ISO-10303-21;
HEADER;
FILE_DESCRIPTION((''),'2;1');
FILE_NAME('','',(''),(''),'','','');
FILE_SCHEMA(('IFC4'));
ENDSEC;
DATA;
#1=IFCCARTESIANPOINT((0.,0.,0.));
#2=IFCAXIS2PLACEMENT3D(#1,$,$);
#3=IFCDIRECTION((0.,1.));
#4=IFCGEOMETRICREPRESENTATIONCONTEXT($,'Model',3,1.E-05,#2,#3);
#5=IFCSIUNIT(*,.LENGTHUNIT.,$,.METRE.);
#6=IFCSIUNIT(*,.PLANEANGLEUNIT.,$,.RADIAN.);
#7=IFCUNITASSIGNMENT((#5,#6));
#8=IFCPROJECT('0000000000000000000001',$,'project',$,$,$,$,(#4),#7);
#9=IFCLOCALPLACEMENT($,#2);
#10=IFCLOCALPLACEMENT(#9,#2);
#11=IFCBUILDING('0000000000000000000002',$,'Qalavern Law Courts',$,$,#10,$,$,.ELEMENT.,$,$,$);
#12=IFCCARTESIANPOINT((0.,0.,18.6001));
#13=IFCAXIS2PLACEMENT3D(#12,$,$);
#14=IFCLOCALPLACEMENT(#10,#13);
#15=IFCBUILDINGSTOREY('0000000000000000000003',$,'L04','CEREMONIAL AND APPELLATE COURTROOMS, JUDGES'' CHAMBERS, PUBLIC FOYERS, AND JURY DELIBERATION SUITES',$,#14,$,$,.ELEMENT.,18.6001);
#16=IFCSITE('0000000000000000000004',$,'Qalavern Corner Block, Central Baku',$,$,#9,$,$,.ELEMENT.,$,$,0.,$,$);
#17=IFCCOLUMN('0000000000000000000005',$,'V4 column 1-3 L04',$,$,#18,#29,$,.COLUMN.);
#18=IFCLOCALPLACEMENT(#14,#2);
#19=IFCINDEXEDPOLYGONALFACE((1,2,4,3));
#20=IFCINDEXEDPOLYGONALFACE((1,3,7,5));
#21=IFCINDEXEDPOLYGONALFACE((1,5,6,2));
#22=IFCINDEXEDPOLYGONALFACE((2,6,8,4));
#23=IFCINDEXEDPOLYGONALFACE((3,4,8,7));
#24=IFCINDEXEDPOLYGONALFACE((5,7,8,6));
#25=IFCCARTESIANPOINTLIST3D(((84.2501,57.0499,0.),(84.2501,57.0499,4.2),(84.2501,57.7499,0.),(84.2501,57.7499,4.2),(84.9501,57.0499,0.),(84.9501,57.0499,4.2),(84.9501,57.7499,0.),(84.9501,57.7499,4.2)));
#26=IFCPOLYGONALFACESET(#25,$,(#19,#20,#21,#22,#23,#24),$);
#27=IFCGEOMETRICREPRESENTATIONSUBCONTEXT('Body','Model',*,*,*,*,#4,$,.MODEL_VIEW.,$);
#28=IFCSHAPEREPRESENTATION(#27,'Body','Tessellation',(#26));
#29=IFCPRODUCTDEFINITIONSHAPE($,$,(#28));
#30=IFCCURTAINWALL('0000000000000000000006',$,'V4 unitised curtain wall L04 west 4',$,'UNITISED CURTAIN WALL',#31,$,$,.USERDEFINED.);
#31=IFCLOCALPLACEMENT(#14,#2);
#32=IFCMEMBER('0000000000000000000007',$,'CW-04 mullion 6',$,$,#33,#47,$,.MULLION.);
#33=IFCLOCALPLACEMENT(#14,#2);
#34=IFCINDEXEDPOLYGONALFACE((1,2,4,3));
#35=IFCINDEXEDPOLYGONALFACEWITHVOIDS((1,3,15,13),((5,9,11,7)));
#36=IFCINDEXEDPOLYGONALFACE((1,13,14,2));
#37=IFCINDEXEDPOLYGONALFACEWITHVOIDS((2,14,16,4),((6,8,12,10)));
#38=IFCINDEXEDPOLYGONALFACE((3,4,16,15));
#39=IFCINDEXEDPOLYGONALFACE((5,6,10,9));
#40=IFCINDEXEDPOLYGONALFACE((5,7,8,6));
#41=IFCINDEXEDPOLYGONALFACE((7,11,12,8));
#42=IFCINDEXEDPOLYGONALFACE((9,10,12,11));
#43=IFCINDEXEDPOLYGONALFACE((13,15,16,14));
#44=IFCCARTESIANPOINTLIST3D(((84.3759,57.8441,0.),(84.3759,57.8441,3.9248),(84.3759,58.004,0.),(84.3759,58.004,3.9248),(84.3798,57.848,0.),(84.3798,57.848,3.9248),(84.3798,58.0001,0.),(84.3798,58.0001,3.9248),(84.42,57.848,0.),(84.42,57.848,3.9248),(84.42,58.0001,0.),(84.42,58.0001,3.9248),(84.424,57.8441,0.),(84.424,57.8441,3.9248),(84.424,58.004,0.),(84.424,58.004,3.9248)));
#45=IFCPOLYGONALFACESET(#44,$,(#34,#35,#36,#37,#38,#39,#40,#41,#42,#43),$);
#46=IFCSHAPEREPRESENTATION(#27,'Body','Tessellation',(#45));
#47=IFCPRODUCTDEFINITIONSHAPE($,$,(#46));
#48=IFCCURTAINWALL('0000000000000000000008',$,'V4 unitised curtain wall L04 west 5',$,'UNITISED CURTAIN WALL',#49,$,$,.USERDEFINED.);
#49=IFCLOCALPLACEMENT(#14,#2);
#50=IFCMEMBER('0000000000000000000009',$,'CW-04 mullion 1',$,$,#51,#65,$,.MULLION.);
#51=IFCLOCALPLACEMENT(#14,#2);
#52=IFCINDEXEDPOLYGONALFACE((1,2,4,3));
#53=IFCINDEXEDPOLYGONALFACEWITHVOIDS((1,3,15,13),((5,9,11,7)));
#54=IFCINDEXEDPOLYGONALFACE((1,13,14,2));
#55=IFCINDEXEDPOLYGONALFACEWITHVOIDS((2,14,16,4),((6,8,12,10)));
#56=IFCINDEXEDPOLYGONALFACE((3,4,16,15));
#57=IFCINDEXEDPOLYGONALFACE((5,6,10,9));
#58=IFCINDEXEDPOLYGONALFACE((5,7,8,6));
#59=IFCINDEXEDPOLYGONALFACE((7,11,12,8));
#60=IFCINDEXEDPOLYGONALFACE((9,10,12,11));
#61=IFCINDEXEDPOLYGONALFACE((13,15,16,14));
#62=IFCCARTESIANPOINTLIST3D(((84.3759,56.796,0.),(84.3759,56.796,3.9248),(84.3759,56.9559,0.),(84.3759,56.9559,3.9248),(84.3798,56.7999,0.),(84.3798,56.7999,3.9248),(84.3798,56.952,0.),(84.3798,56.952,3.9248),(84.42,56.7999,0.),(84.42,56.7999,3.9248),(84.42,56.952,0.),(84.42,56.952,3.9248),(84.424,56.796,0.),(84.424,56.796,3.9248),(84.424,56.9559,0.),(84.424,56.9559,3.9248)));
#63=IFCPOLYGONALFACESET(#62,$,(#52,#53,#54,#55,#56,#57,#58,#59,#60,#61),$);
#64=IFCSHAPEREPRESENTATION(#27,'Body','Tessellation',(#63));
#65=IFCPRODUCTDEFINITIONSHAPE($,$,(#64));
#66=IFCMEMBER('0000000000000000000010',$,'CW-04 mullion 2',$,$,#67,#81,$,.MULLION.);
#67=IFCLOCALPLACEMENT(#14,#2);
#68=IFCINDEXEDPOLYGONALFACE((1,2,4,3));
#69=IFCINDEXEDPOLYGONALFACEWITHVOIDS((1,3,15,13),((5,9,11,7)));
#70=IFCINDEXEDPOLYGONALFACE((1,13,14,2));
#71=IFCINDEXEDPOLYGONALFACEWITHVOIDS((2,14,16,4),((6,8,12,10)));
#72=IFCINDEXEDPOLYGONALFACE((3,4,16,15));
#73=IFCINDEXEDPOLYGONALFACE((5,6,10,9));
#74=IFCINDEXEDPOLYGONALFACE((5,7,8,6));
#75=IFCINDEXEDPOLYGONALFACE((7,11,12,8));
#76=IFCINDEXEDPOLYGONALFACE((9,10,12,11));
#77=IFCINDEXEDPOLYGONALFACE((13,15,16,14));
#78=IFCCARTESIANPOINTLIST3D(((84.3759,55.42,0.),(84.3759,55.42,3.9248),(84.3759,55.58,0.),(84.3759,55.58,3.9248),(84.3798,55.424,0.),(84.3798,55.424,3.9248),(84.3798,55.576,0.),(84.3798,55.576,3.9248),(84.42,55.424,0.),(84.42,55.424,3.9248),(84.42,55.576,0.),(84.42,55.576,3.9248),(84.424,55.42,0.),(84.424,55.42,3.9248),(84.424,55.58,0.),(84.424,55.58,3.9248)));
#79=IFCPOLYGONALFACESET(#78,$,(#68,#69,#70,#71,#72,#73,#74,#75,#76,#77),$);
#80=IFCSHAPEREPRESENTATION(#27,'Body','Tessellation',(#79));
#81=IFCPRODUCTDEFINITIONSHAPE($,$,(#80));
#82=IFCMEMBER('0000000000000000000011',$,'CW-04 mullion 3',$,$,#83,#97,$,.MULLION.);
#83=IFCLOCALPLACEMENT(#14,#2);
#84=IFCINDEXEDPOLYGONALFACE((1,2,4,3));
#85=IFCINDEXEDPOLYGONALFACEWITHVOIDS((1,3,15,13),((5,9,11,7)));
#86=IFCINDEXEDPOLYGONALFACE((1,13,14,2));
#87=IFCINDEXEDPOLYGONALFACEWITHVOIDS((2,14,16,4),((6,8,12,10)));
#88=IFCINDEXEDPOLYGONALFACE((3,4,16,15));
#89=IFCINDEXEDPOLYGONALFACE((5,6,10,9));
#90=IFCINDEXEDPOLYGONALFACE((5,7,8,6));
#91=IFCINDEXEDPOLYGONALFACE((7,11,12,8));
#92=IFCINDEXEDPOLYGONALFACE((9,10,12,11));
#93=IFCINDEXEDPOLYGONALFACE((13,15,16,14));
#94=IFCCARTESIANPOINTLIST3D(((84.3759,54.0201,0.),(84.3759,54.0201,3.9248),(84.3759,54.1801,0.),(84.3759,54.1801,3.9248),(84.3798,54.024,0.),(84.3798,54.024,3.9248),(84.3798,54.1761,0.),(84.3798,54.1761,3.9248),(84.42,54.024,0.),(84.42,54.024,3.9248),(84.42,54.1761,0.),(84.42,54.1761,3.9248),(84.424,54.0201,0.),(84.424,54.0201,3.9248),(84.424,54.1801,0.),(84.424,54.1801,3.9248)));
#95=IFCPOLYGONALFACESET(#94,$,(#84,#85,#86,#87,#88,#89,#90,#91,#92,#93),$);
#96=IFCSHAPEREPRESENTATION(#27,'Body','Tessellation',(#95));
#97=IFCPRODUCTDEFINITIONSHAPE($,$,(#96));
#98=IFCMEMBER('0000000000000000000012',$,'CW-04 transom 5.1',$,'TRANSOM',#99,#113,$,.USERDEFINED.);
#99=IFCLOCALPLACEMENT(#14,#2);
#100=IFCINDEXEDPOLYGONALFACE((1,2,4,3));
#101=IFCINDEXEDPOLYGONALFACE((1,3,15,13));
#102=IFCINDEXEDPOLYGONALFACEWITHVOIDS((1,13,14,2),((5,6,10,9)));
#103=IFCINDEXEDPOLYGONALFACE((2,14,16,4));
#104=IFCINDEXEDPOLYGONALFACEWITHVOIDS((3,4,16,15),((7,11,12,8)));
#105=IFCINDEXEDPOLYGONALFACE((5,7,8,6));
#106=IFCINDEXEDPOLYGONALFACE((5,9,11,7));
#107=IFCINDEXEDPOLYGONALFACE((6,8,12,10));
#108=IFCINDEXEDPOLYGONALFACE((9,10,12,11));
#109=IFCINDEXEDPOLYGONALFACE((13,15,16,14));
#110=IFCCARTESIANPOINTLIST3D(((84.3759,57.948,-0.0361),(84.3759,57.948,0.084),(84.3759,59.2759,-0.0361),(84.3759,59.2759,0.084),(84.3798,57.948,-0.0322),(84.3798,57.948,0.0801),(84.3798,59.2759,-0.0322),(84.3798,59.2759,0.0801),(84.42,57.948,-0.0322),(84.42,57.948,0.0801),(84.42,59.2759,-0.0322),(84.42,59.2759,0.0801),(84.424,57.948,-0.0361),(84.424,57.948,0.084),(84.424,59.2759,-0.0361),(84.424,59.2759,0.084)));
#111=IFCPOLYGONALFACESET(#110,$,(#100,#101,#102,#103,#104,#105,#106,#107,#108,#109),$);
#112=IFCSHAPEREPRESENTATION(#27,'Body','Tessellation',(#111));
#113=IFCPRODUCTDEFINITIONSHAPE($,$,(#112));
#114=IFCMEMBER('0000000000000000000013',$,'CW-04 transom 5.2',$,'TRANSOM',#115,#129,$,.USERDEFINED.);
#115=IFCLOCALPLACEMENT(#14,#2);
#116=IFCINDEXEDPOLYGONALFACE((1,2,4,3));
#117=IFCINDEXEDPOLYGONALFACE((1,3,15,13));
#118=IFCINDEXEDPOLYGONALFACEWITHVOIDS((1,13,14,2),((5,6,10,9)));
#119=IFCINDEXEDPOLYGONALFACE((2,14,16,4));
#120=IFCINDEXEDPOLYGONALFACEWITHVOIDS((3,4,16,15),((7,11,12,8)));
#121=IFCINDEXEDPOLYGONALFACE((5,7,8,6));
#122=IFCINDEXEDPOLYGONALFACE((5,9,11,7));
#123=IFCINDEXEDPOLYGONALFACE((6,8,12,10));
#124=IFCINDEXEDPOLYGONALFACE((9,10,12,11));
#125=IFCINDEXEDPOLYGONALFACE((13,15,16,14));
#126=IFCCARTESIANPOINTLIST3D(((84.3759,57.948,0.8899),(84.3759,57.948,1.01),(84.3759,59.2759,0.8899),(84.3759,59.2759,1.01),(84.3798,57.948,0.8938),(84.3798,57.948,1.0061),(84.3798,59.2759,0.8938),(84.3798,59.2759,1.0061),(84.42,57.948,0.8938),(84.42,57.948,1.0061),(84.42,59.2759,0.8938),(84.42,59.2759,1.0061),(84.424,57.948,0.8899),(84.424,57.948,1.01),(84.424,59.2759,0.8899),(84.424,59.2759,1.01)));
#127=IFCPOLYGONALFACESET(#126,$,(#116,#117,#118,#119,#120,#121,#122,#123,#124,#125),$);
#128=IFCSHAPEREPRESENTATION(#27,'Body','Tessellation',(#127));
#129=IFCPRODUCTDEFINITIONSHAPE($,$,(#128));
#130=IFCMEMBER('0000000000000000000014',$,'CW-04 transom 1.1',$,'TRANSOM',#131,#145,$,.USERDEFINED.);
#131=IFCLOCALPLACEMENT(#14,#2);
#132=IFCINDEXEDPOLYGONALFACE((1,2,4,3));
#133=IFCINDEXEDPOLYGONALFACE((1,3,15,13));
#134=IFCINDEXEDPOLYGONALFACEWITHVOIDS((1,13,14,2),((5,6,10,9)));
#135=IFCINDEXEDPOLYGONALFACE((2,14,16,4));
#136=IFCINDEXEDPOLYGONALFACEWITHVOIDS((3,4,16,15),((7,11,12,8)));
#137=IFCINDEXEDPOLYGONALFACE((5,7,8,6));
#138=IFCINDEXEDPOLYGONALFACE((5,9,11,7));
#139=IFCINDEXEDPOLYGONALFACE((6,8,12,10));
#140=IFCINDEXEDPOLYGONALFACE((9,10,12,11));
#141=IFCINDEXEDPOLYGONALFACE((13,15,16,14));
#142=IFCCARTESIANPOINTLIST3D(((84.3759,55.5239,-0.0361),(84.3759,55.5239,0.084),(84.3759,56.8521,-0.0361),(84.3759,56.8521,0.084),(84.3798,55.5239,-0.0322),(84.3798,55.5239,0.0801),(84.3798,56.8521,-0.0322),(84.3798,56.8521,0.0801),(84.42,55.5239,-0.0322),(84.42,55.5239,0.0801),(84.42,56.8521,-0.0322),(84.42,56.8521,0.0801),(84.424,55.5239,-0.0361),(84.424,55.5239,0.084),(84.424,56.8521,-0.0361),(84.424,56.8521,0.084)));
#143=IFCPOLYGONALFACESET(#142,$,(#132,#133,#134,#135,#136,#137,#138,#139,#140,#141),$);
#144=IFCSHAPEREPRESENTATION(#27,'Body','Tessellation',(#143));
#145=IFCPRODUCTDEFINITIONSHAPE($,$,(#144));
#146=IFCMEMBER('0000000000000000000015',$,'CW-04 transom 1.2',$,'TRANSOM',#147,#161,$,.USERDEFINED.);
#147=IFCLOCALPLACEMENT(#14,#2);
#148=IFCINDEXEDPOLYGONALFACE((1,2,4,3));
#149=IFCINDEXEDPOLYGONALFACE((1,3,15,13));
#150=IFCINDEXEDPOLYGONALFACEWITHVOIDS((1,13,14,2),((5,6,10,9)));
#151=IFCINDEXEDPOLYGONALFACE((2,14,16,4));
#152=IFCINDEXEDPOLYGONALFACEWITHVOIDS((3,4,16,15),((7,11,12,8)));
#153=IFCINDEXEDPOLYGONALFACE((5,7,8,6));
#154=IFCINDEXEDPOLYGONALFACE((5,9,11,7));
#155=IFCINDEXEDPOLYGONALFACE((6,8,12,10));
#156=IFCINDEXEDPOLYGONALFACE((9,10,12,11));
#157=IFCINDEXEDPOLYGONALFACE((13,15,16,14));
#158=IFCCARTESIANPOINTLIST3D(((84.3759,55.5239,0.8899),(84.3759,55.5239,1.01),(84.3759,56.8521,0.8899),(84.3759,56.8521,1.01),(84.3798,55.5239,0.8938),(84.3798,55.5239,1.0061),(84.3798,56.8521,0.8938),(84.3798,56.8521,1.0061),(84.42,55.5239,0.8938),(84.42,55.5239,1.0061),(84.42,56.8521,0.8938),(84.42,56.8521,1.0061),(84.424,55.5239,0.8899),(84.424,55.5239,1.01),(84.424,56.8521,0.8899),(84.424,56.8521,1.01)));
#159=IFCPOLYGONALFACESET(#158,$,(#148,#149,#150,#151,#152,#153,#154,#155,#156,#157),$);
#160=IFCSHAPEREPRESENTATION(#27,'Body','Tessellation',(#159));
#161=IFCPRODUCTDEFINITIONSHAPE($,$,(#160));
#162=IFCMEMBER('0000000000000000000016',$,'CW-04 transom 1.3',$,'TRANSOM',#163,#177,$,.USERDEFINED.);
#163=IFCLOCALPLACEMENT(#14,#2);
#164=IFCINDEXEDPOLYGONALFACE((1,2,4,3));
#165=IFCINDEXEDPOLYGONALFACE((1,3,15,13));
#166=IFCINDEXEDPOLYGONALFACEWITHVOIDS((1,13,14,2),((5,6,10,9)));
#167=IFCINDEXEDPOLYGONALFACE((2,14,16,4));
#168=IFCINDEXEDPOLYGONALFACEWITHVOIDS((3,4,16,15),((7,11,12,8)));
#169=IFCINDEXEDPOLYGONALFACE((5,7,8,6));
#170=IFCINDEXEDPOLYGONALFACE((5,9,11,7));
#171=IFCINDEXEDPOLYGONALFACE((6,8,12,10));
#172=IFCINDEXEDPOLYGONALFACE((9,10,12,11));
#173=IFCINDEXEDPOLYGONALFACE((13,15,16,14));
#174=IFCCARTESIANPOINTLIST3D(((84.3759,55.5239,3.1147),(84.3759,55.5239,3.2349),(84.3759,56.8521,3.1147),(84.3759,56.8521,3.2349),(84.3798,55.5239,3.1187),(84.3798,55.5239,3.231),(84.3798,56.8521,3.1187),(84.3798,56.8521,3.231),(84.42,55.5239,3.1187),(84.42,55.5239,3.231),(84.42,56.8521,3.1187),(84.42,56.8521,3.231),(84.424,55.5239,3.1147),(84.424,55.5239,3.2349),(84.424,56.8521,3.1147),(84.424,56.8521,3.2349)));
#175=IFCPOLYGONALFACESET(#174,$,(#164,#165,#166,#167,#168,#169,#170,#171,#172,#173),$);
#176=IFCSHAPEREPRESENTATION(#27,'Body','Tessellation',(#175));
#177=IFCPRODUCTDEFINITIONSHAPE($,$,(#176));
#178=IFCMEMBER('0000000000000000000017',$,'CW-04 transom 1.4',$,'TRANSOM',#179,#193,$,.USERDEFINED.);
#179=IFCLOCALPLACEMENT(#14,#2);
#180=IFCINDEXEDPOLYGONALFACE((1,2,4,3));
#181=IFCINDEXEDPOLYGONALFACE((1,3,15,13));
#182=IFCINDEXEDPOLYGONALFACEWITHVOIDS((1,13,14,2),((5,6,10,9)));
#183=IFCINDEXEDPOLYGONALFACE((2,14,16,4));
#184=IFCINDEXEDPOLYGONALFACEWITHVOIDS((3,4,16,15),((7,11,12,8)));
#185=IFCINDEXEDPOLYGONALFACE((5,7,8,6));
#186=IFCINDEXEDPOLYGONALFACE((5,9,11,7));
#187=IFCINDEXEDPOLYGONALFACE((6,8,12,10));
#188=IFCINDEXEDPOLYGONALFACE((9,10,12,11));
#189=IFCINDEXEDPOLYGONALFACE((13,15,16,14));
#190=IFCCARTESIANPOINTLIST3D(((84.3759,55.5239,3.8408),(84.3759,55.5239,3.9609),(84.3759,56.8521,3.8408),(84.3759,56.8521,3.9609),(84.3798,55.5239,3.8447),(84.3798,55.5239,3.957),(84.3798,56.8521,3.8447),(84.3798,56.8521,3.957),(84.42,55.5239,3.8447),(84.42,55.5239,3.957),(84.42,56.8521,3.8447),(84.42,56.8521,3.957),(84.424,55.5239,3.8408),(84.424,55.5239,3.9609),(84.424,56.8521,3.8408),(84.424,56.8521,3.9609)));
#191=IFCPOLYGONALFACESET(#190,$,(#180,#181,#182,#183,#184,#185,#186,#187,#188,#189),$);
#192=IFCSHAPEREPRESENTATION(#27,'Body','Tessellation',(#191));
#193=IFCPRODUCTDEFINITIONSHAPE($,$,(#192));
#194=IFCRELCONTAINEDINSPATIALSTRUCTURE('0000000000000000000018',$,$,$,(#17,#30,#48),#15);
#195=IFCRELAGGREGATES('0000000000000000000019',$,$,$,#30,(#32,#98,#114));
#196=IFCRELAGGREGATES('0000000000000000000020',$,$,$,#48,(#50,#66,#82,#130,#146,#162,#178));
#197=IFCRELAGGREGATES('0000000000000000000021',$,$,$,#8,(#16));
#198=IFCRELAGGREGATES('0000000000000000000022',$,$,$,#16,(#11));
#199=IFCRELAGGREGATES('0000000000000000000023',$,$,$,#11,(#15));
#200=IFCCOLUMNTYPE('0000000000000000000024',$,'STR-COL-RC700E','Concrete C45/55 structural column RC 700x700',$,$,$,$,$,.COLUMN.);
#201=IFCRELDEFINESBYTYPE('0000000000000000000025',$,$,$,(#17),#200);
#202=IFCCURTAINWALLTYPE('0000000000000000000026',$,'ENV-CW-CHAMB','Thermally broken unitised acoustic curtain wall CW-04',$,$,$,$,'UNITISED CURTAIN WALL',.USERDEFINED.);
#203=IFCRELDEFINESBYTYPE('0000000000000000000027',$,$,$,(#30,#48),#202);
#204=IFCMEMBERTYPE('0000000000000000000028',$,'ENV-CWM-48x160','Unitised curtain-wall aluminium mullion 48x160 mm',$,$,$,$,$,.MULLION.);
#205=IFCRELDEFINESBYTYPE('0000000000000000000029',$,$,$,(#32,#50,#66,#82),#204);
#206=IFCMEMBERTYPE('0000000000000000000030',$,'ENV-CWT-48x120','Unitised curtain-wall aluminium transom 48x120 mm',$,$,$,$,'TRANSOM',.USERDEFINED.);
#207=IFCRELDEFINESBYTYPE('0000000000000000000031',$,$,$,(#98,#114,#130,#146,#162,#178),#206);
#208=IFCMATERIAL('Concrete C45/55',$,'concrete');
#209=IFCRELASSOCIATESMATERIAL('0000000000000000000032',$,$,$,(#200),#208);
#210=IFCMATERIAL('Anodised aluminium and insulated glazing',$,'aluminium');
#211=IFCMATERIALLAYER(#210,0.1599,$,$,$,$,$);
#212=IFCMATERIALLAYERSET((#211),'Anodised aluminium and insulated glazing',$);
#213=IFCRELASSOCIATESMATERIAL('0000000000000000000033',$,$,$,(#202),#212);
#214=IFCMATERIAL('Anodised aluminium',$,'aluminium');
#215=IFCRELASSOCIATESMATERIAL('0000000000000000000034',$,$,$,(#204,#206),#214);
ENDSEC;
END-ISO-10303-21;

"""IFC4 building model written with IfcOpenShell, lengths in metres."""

from ifc_helpers import new_model, si_unit, direction, frame, origin, origin_2d, place, context, subcontext, project, spatial, rectangle, hollow_rectangle, extrude, material, layer, layer_set, material_profile, profile_set, type_object, element, aggregate, save


model = new_model("IFC4")

# Units and contexts
model_context = context("Model", 3, precision=1e-05, world=origin(), true_north=direction((0.0, 1.0)))
body_context = subcontext(model_context, "Body", "Model", "MODEL_VIEW")
ifc_project = project(units=[si_unit("LENGTHUNIT", "METRE"), si_unit("PLANEANGLEUNIT", "RADIAN")], contexts=[model_context])

# Site, building, storey
site_placement = place(None, origin())
site = spatial("IfcSite", under=ifc_project, at=site_placement, Name="Qalavern Corner Block, Central Baku", CompositionType="ELEMENT", RefElevation=0.0)
building_placement = place(site_placement, origin())
building = spatial("IfcBuilding", under=site, at=building_placement, Name="Qalavern Law Courts", CompositionType="ELEMENT")
storey_placement = place(building_placement, frame((0.0, 0.0, 18.6001)))
storey = spatial("IfcBuildingStorey", under=building, at=storey_placement, Name="L04", Description="CEREMONIAL AND APPELLATE COURTROOMS, JUDGES' CHAMBERS, PUBLIC FOYERS, AND JURY DELIBERATION SUITES", CompositionType="ELEMENT", Elevation=18.6001)

# Column
ifc_material_1 = material(Name="Concrete C45/55", Category="concrete")
ifc_material_profile_1 = material_profile(ifc_material_1, rectangle(XDim=0.7, YDim=0.7, at=origin_2d()), Name="RC 700x700")
ifc_profile_set_1 = profile_set([ifc_material_profile_1], Name="Concrete C45/55")
column_type = type_object("IfcColumnType", Name="STR-COL-RC700E", Description="Concrete C45/55 structural column RC 700x700", PredefinedType="COLUMN", material=ifc_profile_set_1)
column_placement = place(storey_placement, frame((84.6001, 57.3999, 0.0), z_axis=(0.0, 0.0, 1.0), x_axis=(1.0, 0.0, 0.0)))
element("IfcColumn", 1, at=column_placement, inside=storey, type_object=column_type, Name="V4 column 1-3 L04", PredefinedType="COLUMN", context=body_context, shape_type="SweptSolid", body=[
    extrude(rectangle(XDim=0.7, YDim=0.7, at=origin_2d()), origin(), (0.0, 0.0, 1.0), 4.2),
])

# Curtain wall, member
ifc_material_2 = material(Name="Anodised aluminium and insulated glazing", Category="aluminium")
ifc_layer_1 = layer(ifc_material_2, 0.1599)
ifc_layer_set_1 = layer_set([ifc_layer_1], Name="Anodised aluminium and insulated glazing")
curtain_wall_type = type_object("IfcCurtainWallType", Name="ENV-CW-CHAMB", Description="Thermally broken unitised acoustic curtain wall CW-04", ElementType="UNITISED CURTAIN WALL", PredefinedType="USERDEFINED", material=ifc_layer_set_1)
curtain_wall_1_placement = place(storey_placement, origin())
curtain_wall_1 = element("IfcCurtainWall", 2, at=curtain_wall_1_placement, inside=storey, type_object=curtain_wall_type, Name="V4 unitised curtain wall L04 west 4", ObjectType="UNITISED CURTAIN WALL", PredefinedType="USERDEFINED")
ifc_material_3 = material(Name="Anodised aluminium", Category="aluminium")
ifc_material_profile_2 = material_profile(ifc_material_3, hollow_rectangle(XDim=0.0481, YDim=0.1599, WallThickness=0.0039, at=origin_2d()), Name="ALU MULLION 48x160")
ifc_profile_set_2 = profile_set([ifc_material_profile_2], Name="Anodised aluminium")
member_type_1 = type_object("IfcMemberType", Name="ENV-CWM-48x160", Description="Unitised curtain-wall aluminium mullion 48x160 mm", PredefinedType="MULLION", material=ifc_profile_set_2)
member_1_placement = place(storey_placement, frame((84.3999, 57.9241, 0.0), z_axis=(0.0, 0.0, 1.0), x_axis=(1.0, 0.0, 0.0)))
member_1 = element("IfcMember", 3, at=member_1_placement, type_object=member_type_1, Name="CW-04 mullion 6", PredefinedType="MULLION", context=body_context, shape_type="SweptSolid", body=[
    extrude(hollow_rectangle(XDim=0.0481, YDim=0.1599, WallThickness=0.0039, at=origin_2d()), origin(), (0.0, 0.0, 1.0), 3.9248),
])

# Curtain wall, members
curtain_wall_2_placement = place(storey_placement, origin())
curtain_wall_2 = element("IfcCurtainWall", 4, at=curtain_wall_2_placement, inside=storey, type_object=curtain_wall_type, Name="V4 unitised curtain wall L04 west 5", ObjectType="UNITISED CURTAIN WALL", PredefinedType="USERDEFINED")
member_2_placement = place(storey_placement, frame((84.3999, 56.876, 0.0), z_axis=(0.0, 0.0, 1.0), x_axis=(1.0, 0.0, 0.0)))
member_2 = element("IfcMember", 5, at=member_2_placement, type_object=member_type_1, Name="CW-04 mullion 1", PredefinedType="MULLION", context=body_context, shape_type="SweptSolid", body=[
    extrude(hollow_rectangle(XDim=0.0481, YDim=0.1599, WallThickness=0.0039, at=origin_2d()), origin(), (0.0, 0.0, 1.0), 3.9248),
])
member_3_placement = place(storey_placement, frame((84.3999, 55.5, 0.0), z_axis=(0.0, 0.0, 1.0), x_axis=(1.0, 0.0, 0.0)))
member_3 = element("IfcMember", 6, at=member_3_placement, type_object=member_type_1, Name="CW-04 mullion 2", PredefinedType="MULLION", context=body_context, shape_type="SweptSolid", body=[
    extrude(hollow_rectangle(XDim=0.0481, YDim=0.1599, WallThickness=0.0039, at=origin_2d()), origin(), (0.0, 0.0, 1.0), 3.9248),
])
member_4_placement = place(storey_placement, frame((84.3999, 54.1001, 0.0), z_axis=(0.0, 0.0, 1.0), x_axis=(1.0, 0.0, 0.0)))
member_4 = element("IfcMember", 7, at=member_4_placement, type_object=member_type_1, Name="CW-04 mullion 3", PredefinedType="MULLION", context=body_context, shape_type="SweptSolid", body=[
    extrude(hollow_rectangle(XDim=0.0481, YDim=0.1599, WallThickness=0.0039, at=origin_2d()), origin(), (0.0, 0.0, 1.0), 3.9248),
])

# Members
ifc_material_profile_3 = material_profile(ifc_material_3, hollow_rectangle(XDim=0.0481, YDim=0.1201, WallThickness=0.0039, at=origin_2d()), Name="ALU TRANSOM 48x120")
ifc_profile_set_3 = profile_set([ifc_material_profile_3], Name="Anodised aluminium")
member_type_2 = type_object("IfcMemberType", Name="ENV-CWT-48x120", Description="Unitised curtain-wall aluminium transom 48x120 mm", ElementType="TRANSOM", PredefinedType="USERDEFINED", material=ifc_profile_set_3)
member_5_placement = place(storey_placement, frame((84.3999, 59.2759, 0.0239), z_axis=(0.0, -1.0, 0.0), x_axis=(1.0, 0.0, 0.0)))
member_5 = element("IfcMember", 8, at=member_5_placement, type_object=member_type_2, Name="CW-04 transom 5.1", ObjectType="TRANSOM", PredefinedType="USERDEFINED", context=body_context, shape_type="SweptSolid", body=[
    extrude(hollow_rectangle(XDim=0.0481, YDim=0.1201, WallThickness=0.0039, at=origin_2d()), origin(), (0.0, 0.0, 1.0), 1.3279),
])
member_6_placement = place(storey_placement, frame((84.3999, 59.2759, 0.95), z_axis=(0.0, -1.0, 0.0), x_axis=(1.0, 0.0, 0.0)))
member_6 = element("IfcMember", 9, at=member_6_placement, type_object=member_type_2, Name="CW-04 transom 5.2", ObjectType="TRANSOM", PredefinedType="USERDEFINED", context=body_context, shape_type="SweptSolid", body=[
    extrude(hollow_rectangle(XDim=0.0481, YDim=0.1201, WallThickness=0.0039, at=origin_2d()), origin(), (0.0, 0.0, 1.0), 1.3279),
])
member_7_placement = place(storey_placement, frame((84.3999, 56.8521, 0.0239), z_axis=(0.0, -1.0, 0.0), x_axis=(1.0, 0.0, 0.0)))
member_7 = element("IfcMember", 10, at=member_7_placement, type_object=member_type_2, Name="CW-04 transom 1.1", ObjectType="TRANSOM", PredefinedType="USERDEFINED", context=body_context, shape_type="SweptSolid", body=[
    extrude(hollow_rectangle(XDim=0.0481, YDim=0.1201, WallThickness=0.0039, at=origin_2d()), origin(), (0.0, 0.0, 1.0), 1.3281),
])
member_8_placement = place(storey_placement, frame((84.3999, 56.8521, 0.95), z_axis=(0.0, -1.0, 0.0), x_axis=(1.0, 0.0, 0.0)))
member_8 = element("IfcMember", 11, at=member_8_placement, type_object=member_type_2, Name="CW-04 transom 1.2", ObjectType="TRANSOM", PredefinedType="USERDEFINED", context=body_context, shape_type="SweptSolid", body=[
    extrude(hollow_rectangle(XDim=0.0481, YDim=0.1201, WallThickness=0.0039, at=origin_2d()), origin(), (0.0, 0.0, 1.0), 1.3281),
])
member_9_placement = place(storey_placement, frame((84.3999, 56.8521, 3.1748), z_axis=(0.0, -1.0, 0.0), x_axis=(1.0, 0.0, 0.0)))
member_9 = element("IfcMember", 12, at=member_9_placement, type_object=member_type_2, Name="CW-04 transom 1.3", ObjectType="TRANSOM", PredefinedType="USERDEFINED", context=body_context, shape_type="SweptSolid", body=[
    extrude(hollow_rectangle(XDim=0.0481, YDim=0.1201, WallThickness=0.0039, at=origin_2d()), origin(), (0.0, 0.0, 1.0), 1.3281),
])
member_10_placement = place(storey_placement, frame((84.3999, 56.8521, 3.9009), z_axis=(0.0, -1.0, 0.0), x_axis=(1.0, 0.0, 0.0)))
member_10 = element("IfcMember", 13, at=member_10_placement, type_object=member_type_2, Name="CW-04 transom 1.4", ObjectType="TRANSOM", PredefinedType="USERDEFINED", context=body_context, shape_type="SweptSolid", body=[
    extrude(hollow_rectangle(XDim=0.0481, YDim=0.1201, WallThickness=0.0039, at=origin_2d()), origin(), (0.0, 0.0, 1.0), 1.3281),
])

aggregate(curtain_wall_1, [member_1, member_5, member_6])
aggregate(curtain_wall_2, [member_2, member_3, member_4, member_7, member_8, member_9, member_10])

save(model, "model.ifc")
